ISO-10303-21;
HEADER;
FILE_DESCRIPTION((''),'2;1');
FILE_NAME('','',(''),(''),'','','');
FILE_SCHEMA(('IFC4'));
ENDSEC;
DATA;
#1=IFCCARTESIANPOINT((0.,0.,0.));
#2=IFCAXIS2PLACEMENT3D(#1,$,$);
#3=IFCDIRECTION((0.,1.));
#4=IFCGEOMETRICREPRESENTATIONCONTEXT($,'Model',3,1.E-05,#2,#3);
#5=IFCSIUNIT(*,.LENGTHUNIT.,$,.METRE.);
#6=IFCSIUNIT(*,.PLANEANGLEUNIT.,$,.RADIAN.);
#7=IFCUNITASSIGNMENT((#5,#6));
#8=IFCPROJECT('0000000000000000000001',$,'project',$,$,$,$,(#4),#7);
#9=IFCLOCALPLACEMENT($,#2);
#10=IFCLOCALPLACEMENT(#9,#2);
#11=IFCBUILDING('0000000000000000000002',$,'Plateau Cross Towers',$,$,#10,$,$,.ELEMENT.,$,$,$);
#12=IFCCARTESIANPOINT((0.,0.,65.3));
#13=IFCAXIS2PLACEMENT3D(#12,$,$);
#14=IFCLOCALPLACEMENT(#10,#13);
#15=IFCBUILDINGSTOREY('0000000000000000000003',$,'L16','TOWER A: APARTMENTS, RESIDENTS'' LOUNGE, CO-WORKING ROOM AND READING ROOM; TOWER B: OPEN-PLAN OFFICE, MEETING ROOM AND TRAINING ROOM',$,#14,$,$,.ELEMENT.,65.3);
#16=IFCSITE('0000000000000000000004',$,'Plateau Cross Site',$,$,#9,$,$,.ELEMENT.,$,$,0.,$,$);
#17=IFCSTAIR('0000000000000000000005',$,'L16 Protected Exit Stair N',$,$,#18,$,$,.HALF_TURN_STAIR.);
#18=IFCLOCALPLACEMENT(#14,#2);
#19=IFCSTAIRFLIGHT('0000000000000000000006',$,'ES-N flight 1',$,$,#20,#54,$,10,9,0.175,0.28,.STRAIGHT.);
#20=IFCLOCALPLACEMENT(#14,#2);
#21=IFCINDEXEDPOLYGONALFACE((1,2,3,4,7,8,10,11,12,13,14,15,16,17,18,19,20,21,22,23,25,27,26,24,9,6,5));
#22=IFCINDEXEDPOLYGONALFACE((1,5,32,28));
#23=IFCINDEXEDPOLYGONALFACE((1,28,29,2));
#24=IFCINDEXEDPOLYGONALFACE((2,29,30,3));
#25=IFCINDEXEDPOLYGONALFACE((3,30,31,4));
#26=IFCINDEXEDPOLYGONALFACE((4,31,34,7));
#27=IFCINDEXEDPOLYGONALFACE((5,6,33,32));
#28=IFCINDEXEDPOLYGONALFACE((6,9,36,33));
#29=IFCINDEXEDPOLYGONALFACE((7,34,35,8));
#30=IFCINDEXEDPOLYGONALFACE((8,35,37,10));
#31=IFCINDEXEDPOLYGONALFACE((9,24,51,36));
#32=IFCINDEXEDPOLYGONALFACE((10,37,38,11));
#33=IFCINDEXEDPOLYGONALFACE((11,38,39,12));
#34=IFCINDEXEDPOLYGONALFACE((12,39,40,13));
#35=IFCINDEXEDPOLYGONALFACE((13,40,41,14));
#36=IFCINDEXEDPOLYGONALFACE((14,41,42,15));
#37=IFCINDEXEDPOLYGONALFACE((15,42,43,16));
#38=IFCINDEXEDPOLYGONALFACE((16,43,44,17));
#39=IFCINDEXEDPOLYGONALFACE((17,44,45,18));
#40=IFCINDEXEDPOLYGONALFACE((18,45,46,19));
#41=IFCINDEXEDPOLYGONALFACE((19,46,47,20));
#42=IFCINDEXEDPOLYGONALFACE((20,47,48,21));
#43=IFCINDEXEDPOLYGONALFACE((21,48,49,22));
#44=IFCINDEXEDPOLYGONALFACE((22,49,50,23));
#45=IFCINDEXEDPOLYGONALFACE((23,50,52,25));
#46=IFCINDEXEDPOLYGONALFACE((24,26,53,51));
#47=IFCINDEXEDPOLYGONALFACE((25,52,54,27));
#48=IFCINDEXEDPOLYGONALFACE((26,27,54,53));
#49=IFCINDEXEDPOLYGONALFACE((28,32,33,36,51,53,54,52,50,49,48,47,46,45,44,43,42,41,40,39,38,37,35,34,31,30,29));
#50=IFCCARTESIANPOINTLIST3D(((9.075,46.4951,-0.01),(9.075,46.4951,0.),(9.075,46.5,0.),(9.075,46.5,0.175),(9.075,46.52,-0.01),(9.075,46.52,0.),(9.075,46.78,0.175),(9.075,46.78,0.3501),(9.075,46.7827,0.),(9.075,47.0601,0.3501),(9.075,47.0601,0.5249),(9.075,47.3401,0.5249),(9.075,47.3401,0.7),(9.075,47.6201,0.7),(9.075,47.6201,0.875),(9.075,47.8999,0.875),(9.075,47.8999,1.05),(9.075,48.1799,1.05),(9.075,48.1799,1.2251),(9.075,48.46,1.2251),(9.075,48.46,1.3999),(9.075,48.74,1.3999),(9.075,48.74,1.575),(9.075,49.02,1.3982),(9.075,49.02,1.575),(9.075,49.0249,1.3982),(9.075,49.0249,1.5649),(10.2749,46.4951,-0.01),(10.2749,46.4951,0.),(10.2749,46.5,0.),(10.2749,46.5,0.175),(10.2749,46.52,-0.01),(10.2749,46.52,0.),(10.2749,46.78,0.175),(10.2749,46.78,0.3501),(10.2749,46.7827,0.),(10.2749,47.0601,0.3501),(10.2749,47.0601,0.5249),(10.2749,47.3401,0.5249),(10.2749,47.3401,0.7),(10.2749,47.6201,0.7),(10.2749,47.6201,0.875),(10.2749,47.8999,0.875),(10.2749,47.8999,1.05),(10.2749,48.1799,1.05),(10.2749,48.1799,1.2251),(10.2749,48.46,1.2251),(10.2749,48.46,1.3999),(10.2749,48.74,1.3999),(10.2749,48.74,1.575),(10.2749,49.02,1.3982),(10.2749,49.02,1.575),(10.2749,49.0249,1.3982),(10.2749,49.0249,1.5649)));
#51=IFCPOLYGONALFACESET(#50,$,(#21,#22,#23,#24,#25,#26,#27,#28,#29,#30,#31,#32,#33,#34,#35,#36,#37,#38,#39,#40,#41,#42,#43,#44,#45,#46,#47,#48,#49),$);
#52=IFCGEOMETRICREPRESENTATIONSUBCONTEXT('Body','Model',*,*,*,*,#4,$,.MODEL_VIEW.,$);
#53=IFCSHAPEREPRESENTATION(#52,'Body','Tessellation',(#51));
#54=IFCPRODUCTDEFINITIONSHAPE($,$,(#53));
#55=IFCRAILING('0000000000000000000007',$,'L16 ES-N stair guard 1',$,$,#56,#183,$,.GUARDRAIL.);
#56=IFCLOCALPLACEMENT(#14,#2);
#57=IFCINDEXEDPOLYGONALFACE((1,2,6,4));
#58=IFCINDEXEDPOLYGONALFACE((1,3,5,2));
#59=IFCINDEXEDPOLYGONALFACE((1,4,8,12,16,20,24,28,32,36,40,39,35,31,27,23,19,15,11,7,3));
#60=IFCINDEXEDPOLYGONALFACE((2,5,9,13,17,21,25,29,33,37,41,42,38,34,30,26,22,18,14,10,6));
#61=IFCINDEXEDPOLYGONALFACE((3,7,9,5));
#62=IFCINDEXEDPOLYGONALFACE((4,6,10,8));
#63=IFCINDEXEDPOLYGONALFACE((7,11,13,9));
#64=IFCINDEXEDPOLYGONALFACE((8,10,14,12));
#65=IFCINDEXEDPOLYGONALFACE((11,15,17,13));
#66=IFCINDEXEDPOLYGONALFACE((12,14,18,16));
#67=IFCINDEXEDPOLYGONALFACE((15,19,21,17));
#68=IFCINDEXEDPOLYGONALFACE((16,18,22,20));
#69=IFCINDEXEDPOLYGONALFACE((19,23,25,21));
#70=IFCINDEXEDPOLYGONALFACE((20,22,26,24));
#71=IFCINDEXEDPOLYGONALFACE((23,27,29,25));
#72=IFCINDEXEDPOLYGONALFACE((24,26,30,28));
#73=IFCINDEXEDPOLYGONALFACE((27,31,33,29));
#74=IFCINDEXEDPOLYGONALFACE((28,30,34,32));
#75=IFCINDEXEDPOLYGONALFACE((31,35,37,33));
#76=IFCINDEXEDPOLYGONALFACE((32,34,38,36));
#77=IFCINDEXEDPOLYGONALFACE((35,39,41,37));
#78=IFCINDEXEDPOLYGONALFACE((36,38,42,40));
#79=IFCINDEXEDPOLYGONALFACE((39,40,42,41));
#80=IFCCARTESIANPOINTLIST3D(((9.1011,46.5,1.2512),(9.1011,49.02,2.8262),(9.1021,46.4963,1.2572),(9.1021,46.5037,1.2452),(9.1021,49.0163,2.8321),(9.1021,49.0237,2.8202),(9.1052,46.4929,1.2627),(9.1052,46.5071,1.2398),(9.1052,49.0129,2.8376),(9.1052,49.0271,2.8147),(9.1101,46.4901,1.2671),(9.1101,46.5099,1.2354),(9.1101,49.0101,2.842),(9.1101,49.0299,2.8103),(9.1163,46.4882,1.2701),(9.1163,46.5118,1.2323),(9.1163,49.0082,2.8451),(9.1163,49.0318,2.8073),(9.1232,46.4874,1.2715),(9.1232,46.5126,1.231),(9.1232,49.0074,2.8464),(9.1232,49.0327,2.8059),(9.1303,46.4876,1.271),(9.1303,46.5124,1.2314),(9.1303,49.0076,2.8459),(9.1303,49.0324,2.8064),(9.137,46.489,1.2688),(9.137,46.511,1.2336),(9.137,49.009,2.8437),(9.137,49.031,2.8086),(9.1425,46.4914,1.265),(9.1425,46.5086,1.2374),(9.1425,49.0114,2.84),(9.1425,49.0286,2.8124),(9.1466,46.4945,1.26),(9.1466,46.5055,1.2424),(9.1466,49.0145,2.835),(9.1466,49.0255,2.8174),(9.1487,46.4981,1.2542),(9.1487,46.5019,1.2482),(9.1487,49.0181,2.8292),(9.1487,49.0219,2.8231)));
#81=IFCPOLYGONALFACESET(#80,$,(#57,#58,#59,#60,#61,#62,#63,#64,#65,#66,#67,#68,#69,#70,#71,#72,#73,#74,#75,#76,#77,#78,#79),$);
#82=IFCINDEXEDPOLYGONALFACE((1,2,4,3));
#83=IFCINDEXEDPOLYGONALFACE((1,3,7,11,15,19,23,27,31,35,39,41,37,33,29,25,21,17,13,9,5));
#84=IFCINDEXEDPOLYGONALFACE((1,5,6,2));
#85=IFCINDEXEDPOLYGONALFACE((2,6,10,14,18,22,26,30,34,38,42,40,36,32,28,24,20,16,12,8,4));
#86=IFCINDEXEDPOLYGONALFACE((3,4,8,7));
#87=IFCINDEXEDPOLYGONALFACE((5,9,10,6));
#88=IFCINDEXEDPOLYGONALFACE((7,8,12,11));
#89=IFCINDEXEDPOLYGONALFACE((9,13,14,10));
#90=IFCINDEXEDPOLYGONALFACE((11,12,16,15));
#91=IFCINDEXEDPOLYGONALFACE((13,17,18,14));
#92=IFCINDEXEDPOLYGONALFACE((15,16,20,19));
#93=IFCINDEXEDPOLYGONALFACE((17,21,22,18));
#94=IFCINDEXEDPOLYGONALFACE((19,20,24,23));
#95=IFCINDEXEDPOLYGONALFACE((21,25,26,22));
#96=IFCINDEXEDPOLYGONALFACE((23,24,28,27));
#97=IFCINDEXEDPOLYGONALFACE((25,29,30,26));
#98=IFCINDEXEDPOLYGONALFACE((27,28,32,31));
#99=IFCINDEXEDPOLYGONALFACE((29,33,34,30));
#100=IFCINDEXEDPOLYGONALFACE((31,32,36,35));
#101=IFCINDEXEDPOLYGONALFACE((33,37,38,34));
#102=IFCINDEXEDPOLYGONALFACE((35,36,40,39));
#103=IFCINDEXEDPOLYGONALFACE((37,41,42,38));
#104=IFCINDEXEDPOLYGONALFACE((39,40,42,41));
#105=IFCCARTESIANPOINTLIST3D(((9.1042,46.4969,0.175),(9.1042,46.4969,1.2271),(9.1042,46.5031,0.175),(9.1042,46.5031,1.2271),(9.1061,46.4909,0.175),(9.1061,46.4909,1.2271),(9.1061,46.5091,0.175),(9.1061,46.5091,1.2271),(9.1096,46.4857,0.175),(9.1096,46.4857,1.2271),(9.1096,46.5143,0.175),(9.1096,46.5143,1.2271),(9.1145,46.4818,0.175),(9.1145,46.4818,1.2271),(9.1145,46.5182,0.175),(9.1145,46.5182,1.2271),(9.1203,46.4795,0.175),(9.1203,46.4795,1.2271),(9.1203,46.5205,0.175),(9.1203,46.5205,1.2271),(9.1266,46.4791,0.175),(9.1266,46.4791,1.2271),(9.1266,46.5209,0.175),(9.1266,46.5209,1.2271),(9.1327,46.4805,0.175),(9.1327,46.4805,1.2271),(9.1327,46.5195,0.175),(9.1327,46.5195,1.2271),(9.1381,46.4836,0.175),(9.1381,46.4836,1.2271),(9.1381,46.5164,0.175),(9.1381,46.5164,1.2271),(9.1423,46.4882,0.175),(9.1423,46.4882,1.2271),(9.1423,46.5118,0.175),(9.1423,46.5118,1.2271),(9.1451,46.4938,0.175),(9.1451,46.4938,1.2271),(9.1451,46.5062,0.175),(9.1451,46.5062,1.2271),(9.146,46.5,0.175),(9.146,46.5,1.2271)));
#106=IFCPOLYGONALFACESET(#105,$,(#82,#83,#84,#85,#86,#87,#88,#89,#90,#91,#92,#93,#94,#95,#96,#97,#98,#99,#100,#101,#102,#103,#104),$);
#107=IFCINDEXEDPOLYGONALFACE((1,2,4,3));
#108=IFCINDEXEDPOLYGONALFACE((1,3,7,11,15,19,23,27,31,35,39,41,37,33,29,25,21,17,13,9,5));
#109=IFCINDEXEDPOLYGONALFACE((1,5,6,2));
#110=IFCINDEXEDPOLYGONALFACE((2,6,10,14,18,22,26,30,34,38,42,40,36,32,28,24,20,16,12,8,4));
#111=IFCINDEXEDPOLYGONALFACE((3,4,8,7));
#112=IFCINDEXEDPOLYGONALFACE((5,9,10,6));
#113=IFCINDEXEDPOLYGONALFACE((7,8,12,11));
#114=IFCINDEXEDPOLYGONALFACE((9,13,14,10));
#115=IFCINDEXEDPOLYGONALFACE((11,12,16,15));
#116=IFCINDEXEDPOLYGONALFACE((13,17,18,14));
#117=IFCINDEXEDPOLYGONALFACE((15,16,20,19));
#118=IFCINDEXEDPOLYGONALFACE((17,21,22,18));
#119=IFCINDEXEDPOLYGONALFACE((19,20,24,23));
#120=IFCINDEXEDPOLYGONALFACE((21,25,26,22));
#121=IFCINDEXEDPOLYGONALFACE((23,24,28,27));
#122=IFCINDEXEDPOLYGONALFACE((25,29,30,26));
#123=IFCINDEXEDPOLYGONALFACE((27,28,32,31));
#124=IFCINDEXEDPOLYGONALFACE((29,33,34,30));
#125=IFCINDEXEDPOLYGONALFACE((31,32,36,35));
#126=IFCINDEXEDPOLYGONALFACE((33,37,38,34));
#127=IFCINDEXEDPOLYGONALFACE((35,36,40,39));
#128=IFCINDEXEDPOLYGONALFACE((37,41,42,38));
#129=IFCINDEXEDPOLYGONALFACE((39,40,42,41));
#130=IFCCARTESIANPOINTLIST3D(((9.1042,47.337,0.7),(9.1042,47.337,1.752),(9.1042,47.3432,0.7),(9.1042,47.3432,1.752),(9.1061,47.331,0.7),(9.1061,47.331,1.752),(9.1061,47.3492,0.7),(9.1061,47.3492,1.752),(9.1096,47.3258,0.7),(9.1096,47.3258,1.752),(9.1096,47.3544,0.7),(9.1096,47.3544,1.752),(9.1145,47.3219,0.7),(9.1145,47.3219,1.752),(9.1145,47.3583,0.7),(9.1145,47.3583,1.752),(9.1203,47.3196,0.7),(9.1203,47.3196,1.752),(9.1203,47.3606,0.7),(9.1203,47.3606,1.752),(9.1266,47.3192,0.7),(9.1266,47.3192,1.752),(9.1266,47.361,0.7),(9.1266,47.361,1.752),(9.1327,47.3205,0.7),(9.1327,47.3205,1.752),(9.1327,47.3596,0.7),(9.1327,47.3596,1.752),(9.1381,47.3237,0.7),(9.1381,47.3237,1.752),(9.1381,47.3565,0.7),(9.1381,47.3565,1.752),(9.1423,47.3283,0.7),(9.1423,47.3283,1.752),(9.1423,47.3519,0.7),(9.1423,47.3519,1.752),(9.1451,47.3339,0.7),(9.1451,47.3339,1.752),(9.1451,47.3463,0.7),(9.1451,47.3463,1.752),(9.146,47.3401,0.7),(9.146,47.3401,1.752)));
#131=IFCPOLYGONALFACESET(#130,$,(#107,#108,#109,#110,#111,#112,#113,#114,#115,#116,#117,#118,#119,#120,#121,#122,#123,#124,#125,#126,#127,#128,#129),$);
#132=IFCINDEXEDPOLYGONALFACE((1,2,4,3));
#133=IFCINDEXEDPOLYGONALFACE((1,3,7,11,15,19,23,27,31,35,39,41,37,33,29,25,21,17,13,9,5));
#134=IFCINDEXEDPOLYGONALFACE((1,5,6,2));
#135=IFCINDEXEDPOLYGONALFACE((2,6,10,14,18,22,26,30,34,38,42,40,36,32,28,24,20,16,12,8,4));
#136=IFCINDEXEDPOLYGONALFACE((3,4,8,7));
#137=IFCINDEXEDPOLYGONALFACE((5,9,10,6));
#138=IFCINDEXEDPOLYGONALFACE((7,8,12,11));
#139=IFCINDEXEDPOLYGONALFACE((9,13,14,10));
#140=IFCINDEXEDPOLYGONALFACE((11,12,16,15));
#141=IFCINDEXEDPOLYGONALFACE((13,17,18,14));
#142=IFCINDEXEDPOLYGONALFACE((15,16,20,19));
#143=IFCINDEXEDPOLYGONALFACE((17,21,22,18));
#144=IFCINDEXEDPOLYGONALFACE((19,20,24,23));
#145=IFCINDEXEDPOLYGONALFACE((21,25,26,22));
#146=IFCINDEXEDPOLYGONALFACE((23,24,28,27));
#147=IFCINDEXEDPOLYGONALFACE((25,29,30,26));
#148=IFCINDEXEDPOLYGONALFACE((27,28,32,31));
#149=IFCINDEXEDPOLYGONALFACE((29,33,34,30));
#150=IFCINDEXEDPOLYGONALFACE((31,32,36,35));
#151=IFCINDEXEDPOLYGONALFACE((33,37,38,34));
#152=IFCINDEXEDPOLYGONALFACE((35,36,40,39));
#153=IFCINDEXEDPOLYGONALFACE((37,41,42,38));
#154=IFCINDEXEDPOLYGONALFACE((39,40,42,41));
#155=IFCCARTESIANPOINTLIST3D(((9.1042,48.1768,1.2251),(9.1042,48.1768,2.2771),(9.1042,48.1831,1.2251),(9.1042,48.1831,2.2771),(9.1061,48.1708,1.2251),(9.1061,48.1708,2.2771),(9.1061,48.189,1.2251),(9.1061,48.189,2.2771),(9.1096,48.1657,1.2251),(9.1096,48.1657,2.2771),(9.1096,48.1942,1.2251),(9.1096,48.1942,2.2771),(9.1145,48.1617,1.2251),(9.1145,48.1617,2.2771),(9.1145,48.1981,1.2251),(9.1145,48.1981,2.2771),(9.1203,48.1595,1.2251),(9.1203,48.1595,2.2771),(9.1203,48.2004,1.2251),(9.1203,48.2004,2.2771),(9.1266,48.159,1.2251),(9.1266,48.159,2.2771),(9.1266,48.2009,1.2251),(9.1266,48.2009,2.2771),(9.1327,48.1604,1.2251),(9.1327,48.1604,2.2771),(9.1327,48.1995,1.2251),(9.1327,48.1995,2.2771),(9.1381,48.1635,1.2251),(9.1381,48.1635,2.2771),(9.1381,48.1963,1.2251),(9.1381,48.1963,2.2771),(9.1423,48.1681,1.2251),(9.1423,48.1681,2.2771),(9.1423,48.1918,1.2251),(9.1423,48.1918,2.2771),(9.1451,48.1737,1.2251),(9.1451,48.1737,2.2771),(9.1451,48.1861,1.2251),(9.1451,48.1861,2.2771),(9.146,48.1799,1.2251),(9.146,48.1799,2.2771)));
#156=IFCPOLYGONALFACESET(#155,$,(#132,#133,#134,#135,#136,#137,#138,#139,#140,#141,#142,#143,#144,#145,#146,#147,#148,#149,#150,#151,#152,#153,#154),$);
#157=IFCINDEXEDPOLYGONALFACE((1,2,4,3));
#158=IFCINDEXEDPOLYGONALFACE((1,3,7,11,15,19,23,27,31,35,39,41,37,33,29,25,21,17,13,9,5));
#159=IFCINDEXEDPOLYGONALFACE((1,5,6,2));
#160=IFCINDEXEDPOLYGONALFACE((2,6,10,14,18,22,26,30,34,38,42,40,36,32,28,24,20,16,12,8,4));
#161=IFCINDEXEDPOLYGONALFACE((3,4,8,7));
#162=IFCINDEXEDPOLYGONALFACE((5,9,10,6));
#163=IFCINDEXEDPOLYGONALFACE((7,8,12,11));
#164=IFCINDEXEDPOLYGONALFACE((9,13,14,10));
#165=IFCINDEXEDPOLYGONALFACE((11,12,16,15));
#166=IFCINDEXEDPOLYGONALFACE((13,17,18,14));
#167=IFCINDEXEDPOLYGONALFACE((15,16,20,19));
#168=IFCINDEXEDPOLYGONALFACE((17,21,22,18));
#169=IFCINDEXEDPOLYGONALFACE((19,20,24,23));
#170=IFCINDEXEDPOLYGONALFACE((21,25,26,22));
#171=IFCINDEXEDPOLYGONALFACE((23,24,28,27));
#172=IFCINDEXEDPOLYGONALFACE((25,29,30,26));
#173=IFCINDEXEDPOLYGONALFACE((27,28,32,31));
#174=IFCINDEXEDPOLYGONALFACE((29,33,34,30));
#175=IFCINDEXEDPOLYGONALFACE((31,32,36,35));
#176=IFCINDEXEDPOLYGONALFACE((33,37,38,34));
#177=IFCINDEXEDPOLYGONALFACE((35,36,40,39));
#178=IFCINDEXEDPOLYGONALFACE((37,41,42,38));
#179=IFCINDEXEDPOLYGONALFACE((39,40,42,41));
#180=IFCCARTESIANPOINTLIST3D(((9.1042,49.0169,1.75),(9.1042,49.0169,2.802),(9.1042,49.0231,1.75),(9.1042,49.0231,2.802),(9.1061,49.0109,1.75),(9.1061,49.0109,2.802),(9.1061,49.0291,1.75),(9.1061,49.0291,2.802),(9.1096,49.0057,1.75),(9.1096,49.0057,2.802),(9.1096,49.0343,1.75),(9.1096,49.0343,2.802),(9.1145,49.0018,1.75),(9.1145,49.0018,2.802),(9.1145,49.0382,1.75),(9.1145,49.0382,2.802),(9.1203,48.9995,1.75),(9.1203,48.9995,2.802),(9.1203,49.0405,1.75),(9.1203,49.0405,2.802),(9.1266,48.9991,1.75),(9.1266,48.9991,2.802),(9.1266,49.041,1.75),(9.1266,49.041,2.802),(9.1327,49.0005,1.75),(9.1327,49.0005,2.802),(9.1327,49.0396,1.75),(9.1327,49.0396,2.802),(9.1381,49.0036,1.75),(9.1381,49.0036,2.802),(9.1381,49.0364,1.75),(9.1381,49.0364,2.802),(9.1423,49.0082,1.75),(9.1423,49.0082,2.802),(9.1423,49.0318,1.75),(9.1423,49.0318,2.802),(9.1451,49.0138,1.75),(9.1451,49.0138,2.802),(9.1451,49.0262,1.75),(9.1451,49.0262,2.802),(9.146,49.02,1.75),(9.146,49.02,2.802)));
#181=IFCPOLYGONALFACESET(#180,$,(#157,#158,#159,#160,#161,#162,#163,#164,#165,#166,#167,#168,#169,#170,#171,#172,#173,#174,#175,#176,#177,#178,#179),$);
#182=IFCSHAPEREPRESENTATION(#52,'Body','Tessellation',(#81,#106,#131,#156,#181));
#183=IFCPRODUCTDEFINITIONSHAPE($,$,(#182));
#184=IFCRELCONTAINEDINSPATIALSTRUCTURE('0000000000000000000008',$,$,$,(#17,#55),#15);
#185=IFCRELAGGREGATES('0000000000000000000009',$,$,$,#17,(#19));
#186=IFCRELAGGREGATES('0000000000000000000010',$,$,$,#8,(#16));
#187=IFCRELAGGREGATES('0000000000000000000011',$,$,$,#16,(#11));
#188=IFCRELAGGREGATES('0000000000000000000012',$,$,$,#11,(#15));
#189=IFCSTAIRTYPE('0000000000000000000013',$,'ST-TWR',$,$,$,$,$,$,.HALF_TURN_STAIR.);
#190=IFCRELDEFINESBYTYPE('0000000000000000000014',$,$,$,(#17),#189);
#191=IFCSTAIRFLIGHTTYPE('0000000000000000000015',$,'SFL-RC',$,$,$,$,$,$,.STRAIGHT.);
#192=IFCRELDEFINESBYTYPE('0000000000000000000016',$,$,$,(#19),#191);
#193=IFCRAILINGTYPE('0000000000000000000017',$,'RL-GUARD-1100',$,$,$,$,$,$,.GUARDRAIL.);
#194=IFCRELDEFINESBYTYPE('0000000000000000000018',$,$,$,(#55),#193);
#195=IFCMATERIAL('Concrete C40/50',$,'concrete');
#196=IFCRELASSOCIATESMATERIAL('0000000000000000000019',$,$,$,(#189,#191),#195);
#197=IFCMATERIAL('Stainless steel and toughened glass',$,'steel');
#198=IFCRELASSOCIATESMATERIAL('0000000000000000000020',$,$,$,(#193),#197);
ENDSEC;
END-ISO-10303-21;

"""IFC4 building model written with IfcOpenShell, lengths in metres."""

from ifc_helpers import new_model, si_unit, direction, frame, origin, origin_2d, place, context, subcontext, project, spatial, polyline, circle, outline, extrude, material, type_object, element, aggregate, save


model = new_model("IFC4")

# Units and contexts
model_context = context("Model", 3, precision=1e-05, world=origin(), true_north=direction((0.0, 1.0)))
body_context = subcontext(model_context, "Body", "Model", "MODEL_VIEW")
ifc_project = project(units=[si_unit("LENGTHUNIT", "METRE"), si_unit("PLANEANGLEUNIT", "RADIAN")], contexts=[model_context])

# Site, building, storey
site_placement = place(None, origin())
site = spatial("IfcSite", under=ifc_project, at=site_placement, Name="Plateau Cross Site", CompositionType="ELEMENT", RefElevation=0.0)
building_placement = place(site_placement, origin())
building = spatial("IfcBuilding", under=site, at=building_placement, Name="Plateau Cross Towers", CompositionType="ELEMENT")
storey_placement = place(building_placement, frame((0.0, 0.0, 65.3)))
storey = spatial("IfcBuildingStorey", under=building, at=storey_placement, Name="L16", Description="TOWER A: APARTMENTS, RESIDENTS' LOUNGE, CO-WORKING ROOM AND READING ROOM; TOWER B: OPEN-PLAN OFFICE, MEETING ROOM AND TRAINING ROOM", CompositionType="ELEMENT", Elevation=65.3)

# Stair, stair flight
ifc_material_1 = material(Name="Concrete C40/50", Category="concrete")
stair_type = type_object("IfcStairType", Name="ST-TWR", PredefinedType="HALF_TURN_STAIR", material=ifc_material_1)
stair_placement = place(storey_placement, origin())
stair = element("IfcStair", 1, at=stair_placement, inside=storey, type_object=stair_type, Name="L16 Protected Exit Stair N", PredefinedType="HALF_TURN_STAIR")
stair_flight_type = type_object("IfcStairFlightType", Name="SFL-RC", PredefinedType="STRAIGHT", material=ifc_material_1)
stair_flight_placement = place(storey_placement, frame((9.675, 46.5, 0.0), z_axis=(0.0, 0.0, 1.0), x_axis=(0.0, 1.0, 0.0)))
stair_flight = element("IfcStairFlight", 2, at=stair_flight_placement, type_object=stair_flight_type, Name="ES-N flight 1", NumberOfRisers=10, NumberOfTreads=9, PredefinedType="STRAIGHT", RiserHeight=0.175, TreadLength=0.28, context=body_context, shape_type="SweptSolid", body=[
    extrude(outline(polyline([(-0.0049, -0.01), (-0.0049, 0.0), (0.0, 0.0), (0.0, 0.175), (0.28, 0.175), (0.28, 0.3501), (0.5601, 0.3501), (0.5601, 0.5249), (0.8401, 0.5249), (0.8401, 0.7), (1.1201, 0.7), (1.1201, 0.875), (1.3999, 0.875), (1.3999, 1.05), (1.6799, 1.05), (1.6799, 1.2251), (1.96, 1.2251), (1.96, 1.3999), (2.24, 1.3999), (2.24, 1.575), (2.52, 1.575), (2.5249, 1.5649), (2.5249, 1.3982), (2.52, 1.3982), (0.2827, 0.0), (0.02, 0.0), (0.02, -0.01), (-0.0049, -0.01)])), frame((0.0, 0.6001, 0.0), z_axis=(0.0, -1.0, 0.0), x_axis=(1.0, 0.0, 0.0)), (0.0, 0.0, 1.0), 1.2),
])
aggregate(stair, [stair_flight])

# Railing
ifc_material_2 = material(Name="Stainless steel and toughened glass", Category="steel")
railing_type_1 = type_object("IfcRailingType", Name="RL-GUARD-1100", PredefinedType="GUARDRAIL", material=ifc_material_2)
railing_1_placement = place(storey_placement, frame((9.125, 46.5, 0.175)))
element("IfcRailing", 3, at=railing_1_placement, inside=storey, type_object=railing_type_1, Name="L16 ES-N stair guard 1", PredefinedType="GUARDRAIL", context=body_context, shape_type="SweptSolid", body=[
    extrude(circle(Radius=0.0239, at=origin_2d()), frame((0.0, 0.0, 1.0762), z_axis=(0.0, 0.848008, 0.529984), x_axis=(-1.0, 0.0, 0.0)), (0.0, 0.0, 1.0), 2.9717),
    extrude(circle(Radius=0.021, at=origin_2d()), origin(), (0.0, 0.0, 1.0), 1.052),
    extrude(circle(Radius=0.021, at=origin_2d()), frame((0.0, 0.8401, 0.5249)), (0.0, 0.0, 1.0), 1.052),
    extrude(circle(Radius=0.021, at=origin_2d()), frame((0.0, 1.6799, 1.05)), (0.0, 0.0, 1.0), 1.052),
    extrude(circle(Radius=0.021, at=origin_2d()), frame((0.0, 2.52, 1.575)), (0.0, 0.0, 1.0), 1.052),
])

save(model, "model.ifc")
